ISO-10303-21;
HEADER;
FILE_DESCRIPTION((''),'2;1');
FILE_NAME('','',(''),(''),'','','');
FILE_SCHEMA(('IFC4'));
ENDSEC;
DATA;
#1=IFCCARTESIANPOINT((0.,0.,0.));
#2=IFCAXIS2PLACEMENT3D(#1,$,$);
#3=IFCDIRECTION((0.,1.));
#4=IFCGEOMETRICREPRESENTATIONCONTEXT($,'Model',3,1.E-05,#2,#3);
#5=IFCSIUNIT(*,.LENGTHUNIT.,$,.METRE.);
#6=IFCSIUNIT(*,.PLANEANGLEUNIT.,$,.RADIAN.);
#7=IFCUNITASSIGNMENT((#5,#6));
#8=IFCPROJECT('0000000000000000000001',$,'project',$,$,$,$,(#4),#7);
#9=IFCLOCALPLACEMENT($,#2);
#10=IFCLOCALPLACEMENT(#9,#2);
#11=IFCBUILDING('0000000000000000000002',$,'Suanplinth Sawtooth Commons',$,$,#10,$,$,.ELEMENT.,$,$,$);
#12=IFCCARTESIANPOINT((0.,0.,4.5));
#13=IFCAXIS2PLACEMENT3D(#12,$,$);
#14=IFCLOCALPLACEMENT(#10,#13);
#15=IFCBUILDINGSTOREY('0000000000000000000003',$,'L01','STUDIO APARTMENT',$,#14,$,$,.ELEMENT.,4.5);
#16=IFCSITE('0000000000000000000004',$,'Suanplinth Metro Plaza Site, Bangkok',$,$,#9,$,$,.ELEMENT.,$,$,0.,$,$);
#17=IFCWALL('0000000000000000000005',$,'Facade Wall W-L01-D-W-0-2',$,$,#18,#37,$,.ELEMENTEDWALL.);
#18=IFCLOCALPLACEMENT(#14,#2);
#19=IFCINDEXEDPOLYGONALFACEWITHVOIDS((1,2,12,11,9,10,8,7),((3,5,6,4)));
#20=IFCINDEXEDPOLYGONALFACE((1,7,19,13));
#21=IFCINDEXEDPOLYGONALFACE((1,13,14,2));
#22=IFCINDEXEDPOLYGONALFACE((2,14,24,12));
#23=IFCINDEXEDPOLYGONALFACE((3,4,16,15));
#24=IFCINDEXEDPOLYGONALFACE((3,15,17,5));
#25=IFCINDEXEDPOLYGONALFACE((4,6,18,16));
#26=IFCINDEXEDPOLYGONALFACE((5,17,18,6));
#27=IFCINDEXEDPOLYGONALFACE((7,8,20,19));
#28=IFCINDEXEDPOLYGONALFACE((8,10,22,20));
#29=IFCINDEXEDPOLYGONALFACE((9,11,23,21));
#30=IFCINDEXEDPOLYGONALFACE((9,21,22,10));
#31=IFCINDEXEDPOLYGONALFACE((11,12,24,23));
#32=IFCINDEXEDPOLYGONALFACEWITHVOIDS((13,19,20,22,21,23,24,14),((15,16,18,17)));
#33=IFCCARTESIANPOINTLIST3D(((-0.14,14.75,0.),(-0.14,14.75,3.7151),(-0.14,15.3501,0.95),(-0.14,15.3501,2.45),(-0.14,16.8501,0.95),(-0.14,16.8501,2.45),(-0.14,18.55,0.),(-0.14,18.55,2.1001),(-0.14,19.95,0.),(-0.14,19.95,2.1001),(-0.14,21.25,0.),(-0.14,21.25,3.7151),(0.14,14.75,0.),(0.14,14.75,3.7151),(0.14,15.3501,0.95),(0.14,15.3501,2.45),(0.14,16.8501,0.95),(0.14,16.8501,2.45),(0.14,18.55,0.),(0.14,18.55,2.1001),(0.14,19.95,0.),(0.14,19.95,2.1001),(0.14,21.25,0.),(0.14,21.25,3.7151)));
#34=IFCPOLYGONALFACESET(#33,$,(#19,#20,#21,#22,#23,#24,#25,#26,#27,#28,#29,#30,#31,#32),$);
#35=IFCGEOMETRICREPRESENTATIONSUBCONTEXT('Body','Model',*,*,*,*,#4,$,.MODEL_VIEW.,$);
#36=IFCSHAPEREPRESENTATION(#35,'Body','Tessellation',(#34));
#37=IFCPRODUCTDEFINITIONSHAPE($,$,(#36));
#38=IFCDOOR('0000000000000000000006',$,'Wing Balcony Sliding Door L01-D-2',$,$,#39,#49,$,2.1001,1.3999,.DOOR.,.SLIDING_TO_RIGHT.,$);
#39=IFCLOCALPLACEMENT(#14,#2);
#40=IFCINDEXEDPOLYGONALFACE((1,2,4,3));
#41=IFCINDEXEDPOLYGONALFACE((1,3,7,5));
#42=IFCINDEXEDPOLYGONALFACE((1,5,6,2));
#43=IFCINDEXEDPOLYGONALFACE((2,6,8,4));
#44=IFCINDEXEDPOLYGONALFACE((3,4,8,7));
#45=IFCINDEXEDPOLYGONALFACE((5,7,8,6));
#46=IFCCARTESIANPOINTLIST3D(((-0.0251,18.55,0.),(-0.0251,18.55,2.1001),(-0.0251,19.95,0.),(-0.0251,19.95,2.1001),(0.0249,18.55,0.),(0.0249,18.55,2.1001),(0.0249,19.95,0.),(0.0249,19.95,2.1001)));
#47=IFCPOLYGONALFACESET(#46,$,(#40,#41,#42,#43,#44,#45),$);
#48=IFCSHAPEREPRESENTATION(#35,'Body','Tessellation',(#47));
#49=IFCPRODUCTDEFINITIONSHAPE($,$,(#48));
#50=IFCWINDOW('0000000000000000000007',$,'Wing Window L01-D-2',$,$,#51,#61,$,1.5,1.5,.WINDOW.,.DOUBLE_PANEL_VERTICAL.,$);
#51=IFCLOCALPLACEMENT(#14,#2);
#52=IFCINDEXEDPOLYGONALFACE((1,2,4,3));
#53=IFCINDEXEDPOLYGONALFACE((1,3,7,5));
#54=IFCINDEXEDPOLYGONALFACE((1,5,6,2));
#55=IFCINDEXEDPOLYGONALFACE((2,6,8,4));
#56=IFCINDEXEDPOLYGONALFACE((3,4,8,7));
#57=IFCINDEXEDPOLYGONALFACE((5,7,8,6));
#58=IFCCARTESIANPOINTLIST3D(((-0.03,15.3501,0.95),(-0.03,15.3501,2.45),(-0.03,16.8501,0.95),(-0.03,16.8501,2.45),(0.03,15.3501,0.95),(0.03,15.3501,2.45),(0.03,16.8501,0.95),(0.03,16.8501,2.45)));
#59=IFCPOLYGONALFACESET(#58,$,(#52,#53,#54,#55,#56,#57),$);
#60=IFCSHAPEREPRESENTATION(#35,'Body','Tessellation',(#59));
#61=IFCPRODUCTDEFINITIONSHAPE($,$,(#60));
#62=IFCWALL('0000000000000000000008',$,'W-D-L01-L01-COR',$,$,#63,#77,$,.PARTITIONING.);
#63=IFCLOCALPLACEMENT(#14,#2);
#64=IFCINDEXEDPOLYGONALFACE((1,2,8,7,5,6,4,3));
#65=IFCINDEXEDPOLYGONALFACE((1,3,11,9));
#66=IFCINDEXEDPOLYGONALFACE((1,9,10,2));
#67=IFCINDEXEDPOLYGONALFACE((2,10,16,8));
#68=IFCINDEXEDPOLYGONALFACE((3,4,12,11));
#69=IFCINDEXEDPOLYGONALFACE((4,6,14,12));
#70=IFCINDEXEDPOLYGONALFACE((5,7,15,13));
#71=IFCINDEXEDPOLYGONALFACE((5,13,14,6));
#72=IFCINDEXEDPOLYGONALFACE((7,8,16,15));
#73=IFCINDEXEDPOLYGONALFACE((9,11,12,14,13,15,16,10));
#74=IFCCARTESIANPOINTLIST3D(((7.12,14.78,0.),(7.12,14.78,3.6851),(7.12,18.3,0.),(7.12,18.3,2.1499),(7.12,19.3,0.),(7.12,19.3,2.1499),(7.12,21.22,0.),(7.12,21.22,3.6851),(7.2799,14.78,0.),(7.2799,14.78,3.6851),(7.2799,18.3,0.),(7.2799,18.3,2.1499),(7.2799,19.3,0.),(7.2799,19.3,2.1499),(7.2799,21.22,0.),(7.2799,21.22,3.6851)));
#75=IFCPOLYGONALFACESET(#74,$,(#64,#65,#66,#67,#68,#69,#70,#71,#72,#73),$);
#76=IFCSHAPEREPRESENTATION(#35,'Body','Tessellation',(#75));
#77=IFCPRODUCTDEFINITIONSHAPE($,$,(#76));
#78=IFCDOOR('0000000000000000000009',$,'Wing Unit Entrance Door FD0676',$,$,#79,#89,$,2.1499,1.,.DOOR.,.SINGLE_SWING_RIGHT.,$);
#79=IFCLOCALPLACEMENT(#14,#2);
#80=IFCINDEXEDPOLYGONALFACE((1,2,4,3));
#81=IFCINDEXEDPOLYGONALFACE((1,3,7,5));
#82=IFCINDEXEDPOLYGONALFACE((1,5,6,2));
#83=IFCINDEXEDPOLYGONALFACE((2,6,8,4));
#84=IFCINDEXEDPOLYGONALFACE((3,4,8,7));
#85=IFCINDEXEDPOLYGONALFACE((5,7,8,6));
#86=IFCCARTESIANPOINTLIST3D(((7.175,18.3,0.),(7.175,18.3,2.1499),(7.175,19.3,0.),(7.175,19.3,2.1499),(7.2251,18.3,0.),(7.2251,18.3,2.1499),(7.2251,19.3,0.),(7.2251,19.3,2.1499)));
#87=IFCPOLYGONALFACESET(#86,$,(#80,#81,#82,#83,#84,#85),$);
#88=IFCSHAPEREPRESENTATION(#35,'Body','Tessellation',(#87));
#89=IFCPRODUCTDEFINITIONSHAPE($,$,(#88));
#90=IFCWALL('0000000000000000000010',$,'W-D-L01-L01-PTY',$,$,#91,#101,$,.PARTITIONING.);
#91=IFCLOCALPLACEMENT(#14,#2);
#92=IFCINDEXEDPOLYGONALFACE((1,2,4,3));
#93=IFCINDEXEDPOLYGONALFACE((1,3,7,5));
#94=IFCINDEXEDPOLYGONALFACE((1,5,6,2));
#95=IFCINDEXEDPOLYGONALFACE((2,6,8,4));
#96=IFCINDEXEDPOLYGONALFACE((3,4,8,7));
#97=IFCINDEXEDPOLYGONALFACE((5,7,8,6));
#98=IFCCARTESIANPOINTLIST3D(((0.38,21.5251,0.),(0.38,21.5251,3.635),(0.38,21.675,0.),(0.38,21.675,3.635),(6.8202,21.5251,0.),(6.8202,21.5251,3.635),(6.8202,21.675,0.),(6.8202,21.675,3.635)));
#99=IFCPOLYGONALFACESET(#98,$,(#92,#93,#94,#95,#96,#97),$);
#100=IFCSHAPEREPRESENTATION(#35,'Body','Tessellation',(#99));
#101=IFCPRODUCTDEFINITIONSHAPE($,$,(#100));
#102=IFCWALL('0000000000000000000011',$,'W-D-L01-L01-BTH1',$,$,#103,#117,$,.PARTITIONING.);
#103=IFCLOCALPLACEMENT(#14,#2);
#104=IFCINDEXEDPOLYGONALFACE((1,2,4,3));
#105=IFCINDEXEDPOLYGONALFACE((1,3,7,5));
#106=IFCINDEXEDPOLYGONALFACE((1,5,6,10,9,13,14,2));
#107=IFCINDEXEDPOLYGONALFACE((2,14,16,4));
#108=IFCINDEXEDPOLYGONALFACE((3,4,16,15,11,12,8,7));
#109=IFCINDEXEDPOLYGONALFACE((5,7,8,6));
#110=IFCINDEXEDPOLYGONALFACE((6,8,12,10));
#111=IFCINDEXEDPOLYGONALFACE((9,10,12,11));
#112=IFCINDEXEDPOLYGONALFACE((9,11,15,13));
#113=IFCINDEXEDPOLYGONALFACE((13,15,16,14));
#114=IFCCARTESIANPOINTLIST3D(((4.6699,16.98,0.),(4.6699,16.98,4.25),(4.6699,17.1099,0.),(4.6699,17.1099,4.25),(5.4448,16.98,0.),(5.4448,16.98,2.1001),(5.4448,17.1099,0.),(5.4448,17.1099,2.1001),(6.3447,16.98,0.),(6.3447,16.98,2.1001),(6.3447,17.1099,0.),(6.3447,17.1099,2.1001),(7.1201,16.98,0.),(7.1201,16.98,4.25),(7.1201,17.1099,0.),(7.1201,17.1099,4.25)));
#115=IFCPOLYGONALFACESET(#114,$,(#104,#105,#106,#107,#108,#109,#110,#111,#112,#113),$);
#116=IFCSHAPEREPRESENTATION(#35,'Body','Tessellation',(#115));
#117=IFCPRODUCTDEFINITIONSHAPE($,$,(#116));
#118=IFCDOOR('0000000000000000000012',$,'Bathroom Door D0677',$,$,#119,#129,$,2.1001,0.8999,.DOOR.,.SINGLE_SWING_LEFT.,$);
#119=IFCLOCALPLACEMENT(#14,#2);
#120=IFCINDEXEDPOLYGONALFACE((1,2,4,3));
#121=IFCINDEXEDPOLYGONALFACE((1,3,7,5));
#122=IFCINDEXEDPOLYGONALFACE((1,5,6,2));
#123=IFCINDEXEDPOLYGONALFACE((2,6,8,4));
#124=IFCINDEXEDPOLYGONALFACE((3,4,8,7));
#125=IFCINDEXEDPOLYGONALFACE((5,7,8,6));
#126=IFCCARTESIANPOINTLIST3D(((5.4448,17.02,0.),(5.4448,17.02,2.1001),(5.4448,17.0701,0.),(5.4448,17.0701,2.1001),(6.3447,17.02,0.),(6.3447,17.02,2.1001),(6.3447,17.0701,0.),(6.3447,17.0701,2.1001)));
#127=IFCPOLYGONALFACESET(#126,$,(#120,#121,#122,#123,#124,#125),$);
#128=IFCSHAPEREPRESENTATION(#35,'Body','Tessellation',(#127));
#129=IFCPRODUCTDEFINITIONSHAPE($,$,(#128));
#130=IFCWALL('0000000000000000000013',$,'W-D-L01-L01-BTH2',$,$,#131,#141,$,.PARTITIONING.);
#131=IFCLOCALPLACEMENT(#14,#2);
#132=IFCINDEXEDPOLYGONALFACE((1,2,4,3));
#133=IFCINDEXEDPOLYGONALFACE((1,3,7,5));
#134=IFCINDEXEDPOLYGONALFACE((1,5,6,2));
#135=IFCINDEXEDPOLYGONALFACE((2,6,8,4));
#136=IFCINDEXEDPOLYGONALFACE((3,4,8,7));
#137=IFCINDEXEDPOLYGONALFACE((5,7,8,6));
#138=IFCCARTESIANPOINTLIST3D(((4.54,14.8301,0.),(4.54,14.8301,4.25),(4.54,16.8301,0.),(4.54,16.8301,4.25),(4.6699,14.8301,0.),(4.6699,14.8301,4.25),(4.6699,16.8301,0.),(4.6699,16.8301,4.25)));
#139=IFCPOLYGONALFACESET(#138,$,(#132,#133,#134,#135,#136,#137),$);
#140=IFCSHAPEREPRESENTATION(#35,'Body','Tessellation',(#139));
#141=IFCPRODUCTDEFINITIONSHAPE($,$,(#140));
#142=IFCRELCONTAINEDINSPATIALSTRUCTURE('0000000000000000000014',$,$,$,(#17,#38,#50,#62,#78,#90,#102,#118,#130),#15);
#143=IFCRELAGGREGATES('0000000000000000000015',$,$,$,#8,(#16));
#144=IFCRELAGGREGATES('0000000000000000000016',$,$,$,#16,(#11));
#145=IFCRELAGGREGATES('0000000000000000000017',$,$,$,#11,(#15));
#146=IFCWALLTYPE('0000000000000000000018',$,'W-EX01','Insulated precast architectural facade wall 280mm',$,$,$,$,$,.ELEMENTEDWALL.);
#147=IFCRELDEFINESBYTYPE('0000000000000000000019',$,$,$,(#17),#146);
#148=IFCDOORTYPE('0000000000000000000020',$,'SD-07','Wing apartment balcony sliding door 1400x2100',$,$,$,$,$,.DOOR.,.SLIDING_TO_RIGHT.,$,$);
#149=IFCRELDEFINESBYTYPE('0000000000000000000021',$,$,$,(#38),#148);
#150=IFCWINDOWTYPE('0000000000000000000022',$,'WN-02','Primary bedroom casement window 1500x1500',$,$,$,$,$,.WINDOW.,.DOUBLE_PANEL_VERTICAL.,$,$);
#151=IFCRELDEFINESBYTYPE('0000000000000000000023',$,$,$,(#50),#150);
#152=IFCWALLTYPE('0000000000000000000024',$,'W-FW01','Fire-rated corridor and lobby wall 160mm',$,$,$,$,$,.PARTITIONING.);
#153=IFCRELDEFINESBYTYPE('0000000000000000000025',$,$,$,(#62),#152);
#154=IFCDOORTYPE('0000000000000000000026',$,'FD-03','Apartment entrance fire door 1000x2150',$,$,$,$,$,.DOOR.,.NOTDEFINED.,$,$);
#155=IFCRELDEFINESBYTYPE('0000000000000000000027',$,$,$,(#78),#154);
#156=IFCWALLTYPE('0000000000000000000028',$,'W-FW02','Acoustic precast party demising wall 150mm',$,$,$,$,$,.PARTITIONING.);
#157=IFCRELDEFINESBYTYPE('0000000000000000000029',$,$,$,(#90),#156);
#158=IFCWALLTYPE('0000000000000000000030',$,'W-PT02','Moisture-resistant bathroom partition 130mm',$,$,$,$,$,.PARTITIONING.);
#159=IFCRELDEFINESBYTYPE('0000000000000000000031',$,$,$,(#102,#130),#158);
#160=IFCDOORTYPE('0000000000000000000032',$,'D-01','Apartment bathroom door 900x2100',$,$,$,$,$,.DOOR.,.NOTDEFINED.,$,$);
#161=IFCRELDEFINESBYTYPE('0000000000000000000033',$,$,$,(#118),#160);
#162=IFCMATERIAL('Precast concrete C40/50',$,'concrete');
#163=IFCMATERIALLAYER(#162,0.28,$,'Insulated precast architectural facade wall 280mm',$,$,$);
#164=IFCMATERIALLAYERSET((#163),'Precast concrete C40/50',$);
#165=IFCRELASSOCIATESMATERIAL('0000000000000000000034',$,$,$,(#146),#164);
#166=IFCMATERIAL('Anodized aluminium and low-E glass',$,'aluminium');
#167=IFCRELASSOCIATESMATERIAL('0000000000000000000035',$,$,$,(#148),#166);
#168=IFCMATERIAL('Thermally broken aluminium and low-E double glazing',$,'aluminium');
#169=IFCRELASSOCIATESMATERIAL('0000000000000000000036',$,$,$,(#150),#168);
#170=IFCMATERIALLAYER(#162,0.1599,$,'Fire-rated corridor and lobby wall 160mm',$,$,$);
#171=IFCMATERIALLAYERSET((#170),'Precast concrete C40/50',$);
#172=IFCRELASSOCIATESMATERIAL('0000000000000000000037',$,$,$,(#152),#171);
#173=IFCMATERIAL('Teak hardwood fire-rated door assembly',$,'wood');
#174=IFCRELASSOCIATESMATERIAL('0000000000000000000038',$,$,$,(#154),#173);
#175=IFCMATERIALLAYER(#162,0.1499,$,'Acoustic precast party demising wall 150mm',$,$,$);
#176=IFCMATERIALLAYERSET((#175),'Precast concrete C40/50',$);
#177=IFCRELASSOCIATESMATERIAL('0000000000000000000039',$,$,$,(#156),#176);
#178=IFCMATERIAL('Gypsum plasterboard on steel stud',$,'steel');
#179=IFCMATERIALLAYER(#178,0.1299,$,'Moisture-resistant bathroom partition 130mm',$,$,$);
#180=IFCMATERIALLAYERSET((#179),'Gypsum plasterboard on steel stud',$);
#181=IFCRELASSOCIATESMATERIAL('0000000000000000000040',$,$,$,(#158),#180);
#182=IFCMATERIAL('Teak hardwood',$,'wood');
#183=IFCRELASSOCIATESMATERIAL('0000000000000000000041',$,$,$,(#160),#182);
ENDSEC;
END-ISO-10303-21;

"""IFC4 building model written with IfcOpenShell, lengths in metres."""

from ifc_helpers import new_model, si_unit, direction, frame, frame_2d, origin, place, context, subcontext, project, spatial, rectangle, extrude, material, layer, layer_set, type_object, element, fill, save


model = new_model("IFC4")

# Units and contexts
model_context = context("Model", 3, precision=1e-05, world=origin(), true_north=direction((0.0, 1.0)))
body_context = subcontext(model_context, "Body", "Model", "MODEL_VIEW")
ifc_project = project(units=[si_unit("LENGTHUNIT", "METRE"), si_unit("PLANEANGLEUNIT", "RADIAN")], contexts=[model_context])

# Site, building, storey
site_placement = place(None, origin())
site = spatial("IfcSite", under=ifc_project, at=site_placement, Name="Suanplinth Metro Plaza Site, Bangkok", CompositionType="ELEMENT", RefElevation=0.0)
building_placement = place(site_placement, origin())
building = spatial("IfcBuilding", under=site, at=building_placement, Name="Suanplinth Sawtooth Commons", CompositionType="ELEMENT")
storey_placement = place(building_placement, frame((0.0, 0.0, 4.5)))
storey = spatial("IfcBuildingStorey", under=building, at=storey_placement, Name="L01", Description="STUDIO APARTMENT", CompositionType="ELEMENT", Elevation=4.5)

# Shared definitions
ifc_material_1 = material(Name="Precast concrete C40/50", Category="concrete")

# Wall, openings, door, window
ifc_layer_1 = layer(ifc_material_1, 0.28, Name="Insulated precast architectural facade wall 280mm")
ifc_layer_set_1 = layer_set([ifc_layer_1], Name="Precast concrete C40/50")
wall_type_1 = type_object("IfcWallType", Name="W-EX01", Description="Insulated precast architectural facade wall 280mm", PredefinedType="ELEMENTEDWALL", material=ifc_layer_set_1)
wall_1_placement = place(storey_placement, frame((0.0, 14.75, 0.0), z_axis=(0.0, 0.0, 1.0), x_axis=(0.0, 1.0, 0.0)))
wall_1 = element("IfcWall", 1, at=wall_1_placement, inside=storey, type_object=wall_type_1, Name="Facade Wall W-L01-D-W-0-2", PredefinedType="ELEMENTEDWALL", context=body_context, shape_type="SweptSolid", body=[
    extrude(rectangle(XDim=6.5, YDim=0.28, at=frame_2d((3.25, 0.0))), origin(), (0.0, 0.0, 1.0), 3.7151),
])
opening_1_placement = place(wall_1_placement, frame((3.8, 0.0, 0.0)))
opening_1 = element("IfcOpeningElement", 2, at=opening_1_placement, cuts=wall_1, PredefinedType="OPENING", context=body_context, shape_type="SweptSolid", body=[
    extrude(rectangle(XDim=1.3999, YDim=2.1001, at=frame_2d((0.7, 1.05))), frame((0.0, 0.1548, 0.0), z_axis=(0.0, -1.0, 0.0), x_axis=(1.0, 0.0, 0.0)), (0.0, 0.0, 1.0), 0.3098),
])
opening_2_placement = place(wall_1_placement, frame((0.6001, 0.0, 0.95)))
opening_2 = element("IfcOpeningElement", 3, at=opening_2_placement, cuts=wall_1, PredefinedType="OPENING", context=body_context, shape_type="SweptSolid", body=[
    extrude(rectangle(XDim=1.5, YDim=1.5, at=frame_2d((0.75, 0.75))), frame((0.0, 0.1548, 0.0), z_axis=(0.0, -1.0, 0.0), x_axis=(1.0, 0.0, 0.0)), (0.0, 0.0, 1.0), 0.3098),
])
ifc_material_2 = material(Name="Anodized aluminium and low-E glass", Category="aluminium")
door_type_1 = type_object("IfcDoorType", Name="SD-07", Description="Wing apartment balcony sliding door 1400x2100", OperationType="SLIDING_TO_RIGHT", PredefinedType="DOOR", material=ifc_material_2)
door_1_placement = place(opening_1_placement, frame((1.3999, 0.0, 0.0), z_axis=(0.0, 0.0, 1.0), x_axis=(-1.0, 0.0, 0.0)))
door_1 = element("IfcDoor", 4, at=door_1_placement, inside=storey, type_object=door_type_1, Name="Wing Balcony Sliding Door L01-D-2", OperationType="SLIDING_TO_RIGHT", OverallHeight=2.1001, OverallWidth=1.3999, PredefinedType="DOOR", context=body_context, shape_type="SweptSolid", body=[
    extrude(rectangle(XDim=1.3999, YDim=2.1001, at=frame_2d((0.7, 1.05))), frame((0.0, 0.0249, 0.0), z_axis=(0.0, -1.0, 0.0), x_axis=(1.0, 0.0, 0.0)), (0.0, 0.0, 1.0), 0.05),
])
fill(opening_1, door_1)
ifc_material_3 = material(Name="Thermally broken aluminium and low-E double glazing", Category="aluminium")
window_type = type_object("IfcWindowType", Name="WN-02", Description="Primary bedroom casement window 1500x1500", PartitioningType="DOUBLE_PANEL_VERTICAL", PredefinedType="WINDOW", material=ifc_material_3)
window_placement = place(opening_2_placement, origin())
window = element("IfcWindow", 5, at=window_placement, inside=storey, type_object=window_type, Name="Wing Window L01-D-2", OverallHeight=1.5, OverallWidth=1.5, PartitioningType="DOUBLE_PANEL_VERTICAL", PredefinedType="WINDOW", context=body_context, shape_type="SweptSolid", body=[
    extrude(rectangle(XDim=1.5, YDim=1.5, at=frame_2d((0.75, 0.75))), frame((0.0, 0.03, 0.0), z_axis=(0.0, -1.0, 0.0), x_axis=(1.0, 0.0, 0.0)), (0.0, 0.0, 1.0), 0.0601),
])
fill(opening_2, window)

# Wall, opening, door
ifc_layer_2 = layer(ifc_material_1, 0.1599, Name="Fire-rated corridor and lobby wall 160mm")
ifc_layer_set_2 = layer_set([ifc_layer_2], Name="Precast concrete C40/50")
wall_type_2 = type_object("IfcWallType", Name="W-FW01", Description="Fire-rated corridor and lobby wall 160mm", PredefinedType="PARTITIONING", material=ifc_layer_set_2)
wall_2_placement = place(storey_placement, frame((7.2, 14.78, 0.0), z_axis=(0.0, 0.0, 1.0), x_axis=(0.0, 1.0, 0.0)))
wall_2 = element("IfcWall", 6, at=wall_2_placement, inside=storey, type_object=wall_type_2, Name="W-D-L01-L01-COR", PredefinedType="PARTITIONING", context=body_context, shape_type="SweptSolid", body=[
    extrude(rectangle(XDim=6.4399, YDim=0.1599, at=frame_2d((3.22, 0.0))), origin(), (0.0, 0.0, 1.0), 3.6851),
])
opening_3_placement = place(wall_2_placement, frame((3.52, 0.0, 0.0)))
opening_3 = element("IfcOpeningElement", 7, at=opening_3_placement, cuts=wall_2, PredefinedType="OPENING", context=body_context, shape_type="SweptSolid", body=[
    extrude(rectangle(XDim=1.0, YDim=2.1499, at=frame_2d((0.5, 1.075))), frame((0.0, 0.0947, 0.0), z_axis=(0.0, -1.0, 0.0), x_axis=(1.0, 0.0, 0.0)), (0.0, 0.0, 1.0), 0.1897),
])
ifc_material_4 = material(Name="Teak hardwood fire-rated door assembly", Category="wood")
door_type_2 = type_object("IfcDoorType", Name="FD-03", Description="Apartment entrance fire door 1000x2150", OperationType="NOTDEFINED", PredefinedType="DOOR", material=ifc_material_4)
door_2_placement = place(opening_3_placement, origin())
door_2 = element("IfcDoor", 8, at=door_2_placement, inside=storey, type_object=door_type_2, Name="Wing Unit Entrance Door FD0676", OperationType="SINGLE_SWING_RIGHT", OverallHeight=2.1499, OverallWidth=1.0, PredefinedType="DOOR", context=body_context, shape_type="SweptSolid", body=[
    extrude(rectangle(XDim=1.0, YDim=2.1499, at=frame_2d((0.5, 1.075))), frame((0.0, 0.0249, 0.0), z_axis=(0.0, -1.0, 0.0), x_axis=(1.0, 0.0, 0.0)), (0.0, 0.0, 1.0), 0.05),
])
fill(opening_3, door_2)

# Wall
ifc_layer_3 = layer(ifc_material_1, 0.1499, Name="Acoustic precast party demising wall 150mm")
ifc_layer_set_3 = layer_set([ifc_layer_3], Name="Precast concrete C40/50")
wall_type_3 = type_object("IfcWallType", Name="W-FW02", Description="Acoustic precast party demising wall 150mm", PredefinedType="PARTITIONING", material=ifc_layer_set_3)
wall_3_placement = place(storey_placement, frame((0.3799, 21.6001, 0.0), z_axis=(0.0, 0.0, 1.0), x_axis=(1.0, 0.0, 0.0)))
element("IfcWall", 9, at=wall_3_placement, inside=storey, type_object=wall_type_3, Name="W-D-L01-L01-PTY", PredefinedType="PARTITIONING", context=body_context, shape_type="SweptSolid", body=[
    extrude(rectangle(XDim=6.4402, YDim=0.1499, at=frame_2d((3.2202, 0.0))), origin(), (0.0, 0.0, 1.0), 3.635),
])

# Wall, opening, door
ifc_material_5 = material(Name="Gypsum plasterboard on steel stud", Category="steel")
ifc_layer_4 = layer(ifc_material_5, 0.1299, Name="Moisture-resistant bathroom partition 130mm")
ifc_layer_set_4 = layer_set([ifc_layer_4], Name="Gypsum plasterboard on steel stud")
wall_type_4 = type_object("IfcWallType", Name="W-PT02", Description="Moisture-resistant bathroom partition 130mm", PredefinedType="PARTITIONING", material=ifc_layer_set_4)
wall_4_placement = place(storey_placement, frame((4.6699, 17.0449, 0.0), z_axis=(0.0, 0.0, 1.0), x_axis=(1.0, 0.0, 0.0)))
wall_4 = element("IfcWall", 10, at=wall_4_placement, inside=storey, type_object=wall_type_4, Name="W-D-L01-L01-BTH1", PredefinedType="PARTITIONING", context=body_context, shape_type="SweptSolid", body=[
    extrude(rectangle(XDim=2.4502, YDim=0.1299, at=frame_2d((1.2251, 0.0))), origin(), (0.0, 0.0, 1.0), 4.25),
])
opening_4_placement = place(wall_4_placement, frame((0.7749, 0.0, 0.0)))
opening_4 = element("IfcOpeningElement", 11, at=opening_4_placement, cuts=wall_4, PredefinedType="OPENING", context=body_context, shape_type="SweptSolid", body=[
    extrude(rectangle(XDim=0.8999, YDim=2.1001, at=frame_2d((0.45, 1.05))), frame((0.0, 0.0798, 0.0), z_axis=(0.0, -1.0, 0.0), x_axis=(1.0, 0.0, 0.0)), (0.0, 0.0, 1.0), 0.1597),
])
ifc_material_6 = material(Name="Teak hardwood", Category="wood")
door_type_3 = type_object("IfcDoorType", Name="D-01", Description="Apartment bathroom door 900x2100", OperationType="NOTDEFINED", PredefinedType="DOOR", material=ifc_material_6)
door_3_placement = place(opening_4_placement, frame((0.8999, 0.0, 0.0), z_axis=(0.0, 0.0, 1.0), x_axis=(-1.0, 0.0, 0.0)))
door_3 = element("IfcDoor", 12, at=door_3_placement, inside=storey, type_object=door_type_3, Name="Bathroom Door D0677", OperationType="SINGLE_SWING_LEFT", OverallHeight=2.1001, OverallWidth=0.8999, PredefinedType="DOOR", context=body_context, shape_type="SweptSolid", body=[
    extrude(rectangle(XDim=0.8999, YDim=2.1001, at=frame_2d((0.45, 1.05))), frame((0.0, 0.0249, 0.0), z_axis=(0.0, -1.0, 0.0), x_axis=(1.0, 0.0, 0.0)), (0.0, 0.0, 1.0), 0.05),
])
fill(opening_4, door_3)

# Wall
wall_5_placement = place(storey_placement, frame((4.605, 14.8301, 0.0), z_axis=(0.0, 0.0, 1.0), x_axis=(0.0, 1.0, 0.0)))
element("IfcWall", 13, at=wall_5_placement, inside=storey, type_object=wall_type_4, Name="W-D-L01-L01-BTH2", PredefinedType="PARTITIONING", context=body_context, shape_type="SweptSolid", body=[
    extrude(rectangle(XDim=2.0, YDim=0.1299, at=frame_2d((1.0, 0.0))), origin(), (0.0, 0.0, 1.0), 4.25),
])

save(model, "model.ifc")
